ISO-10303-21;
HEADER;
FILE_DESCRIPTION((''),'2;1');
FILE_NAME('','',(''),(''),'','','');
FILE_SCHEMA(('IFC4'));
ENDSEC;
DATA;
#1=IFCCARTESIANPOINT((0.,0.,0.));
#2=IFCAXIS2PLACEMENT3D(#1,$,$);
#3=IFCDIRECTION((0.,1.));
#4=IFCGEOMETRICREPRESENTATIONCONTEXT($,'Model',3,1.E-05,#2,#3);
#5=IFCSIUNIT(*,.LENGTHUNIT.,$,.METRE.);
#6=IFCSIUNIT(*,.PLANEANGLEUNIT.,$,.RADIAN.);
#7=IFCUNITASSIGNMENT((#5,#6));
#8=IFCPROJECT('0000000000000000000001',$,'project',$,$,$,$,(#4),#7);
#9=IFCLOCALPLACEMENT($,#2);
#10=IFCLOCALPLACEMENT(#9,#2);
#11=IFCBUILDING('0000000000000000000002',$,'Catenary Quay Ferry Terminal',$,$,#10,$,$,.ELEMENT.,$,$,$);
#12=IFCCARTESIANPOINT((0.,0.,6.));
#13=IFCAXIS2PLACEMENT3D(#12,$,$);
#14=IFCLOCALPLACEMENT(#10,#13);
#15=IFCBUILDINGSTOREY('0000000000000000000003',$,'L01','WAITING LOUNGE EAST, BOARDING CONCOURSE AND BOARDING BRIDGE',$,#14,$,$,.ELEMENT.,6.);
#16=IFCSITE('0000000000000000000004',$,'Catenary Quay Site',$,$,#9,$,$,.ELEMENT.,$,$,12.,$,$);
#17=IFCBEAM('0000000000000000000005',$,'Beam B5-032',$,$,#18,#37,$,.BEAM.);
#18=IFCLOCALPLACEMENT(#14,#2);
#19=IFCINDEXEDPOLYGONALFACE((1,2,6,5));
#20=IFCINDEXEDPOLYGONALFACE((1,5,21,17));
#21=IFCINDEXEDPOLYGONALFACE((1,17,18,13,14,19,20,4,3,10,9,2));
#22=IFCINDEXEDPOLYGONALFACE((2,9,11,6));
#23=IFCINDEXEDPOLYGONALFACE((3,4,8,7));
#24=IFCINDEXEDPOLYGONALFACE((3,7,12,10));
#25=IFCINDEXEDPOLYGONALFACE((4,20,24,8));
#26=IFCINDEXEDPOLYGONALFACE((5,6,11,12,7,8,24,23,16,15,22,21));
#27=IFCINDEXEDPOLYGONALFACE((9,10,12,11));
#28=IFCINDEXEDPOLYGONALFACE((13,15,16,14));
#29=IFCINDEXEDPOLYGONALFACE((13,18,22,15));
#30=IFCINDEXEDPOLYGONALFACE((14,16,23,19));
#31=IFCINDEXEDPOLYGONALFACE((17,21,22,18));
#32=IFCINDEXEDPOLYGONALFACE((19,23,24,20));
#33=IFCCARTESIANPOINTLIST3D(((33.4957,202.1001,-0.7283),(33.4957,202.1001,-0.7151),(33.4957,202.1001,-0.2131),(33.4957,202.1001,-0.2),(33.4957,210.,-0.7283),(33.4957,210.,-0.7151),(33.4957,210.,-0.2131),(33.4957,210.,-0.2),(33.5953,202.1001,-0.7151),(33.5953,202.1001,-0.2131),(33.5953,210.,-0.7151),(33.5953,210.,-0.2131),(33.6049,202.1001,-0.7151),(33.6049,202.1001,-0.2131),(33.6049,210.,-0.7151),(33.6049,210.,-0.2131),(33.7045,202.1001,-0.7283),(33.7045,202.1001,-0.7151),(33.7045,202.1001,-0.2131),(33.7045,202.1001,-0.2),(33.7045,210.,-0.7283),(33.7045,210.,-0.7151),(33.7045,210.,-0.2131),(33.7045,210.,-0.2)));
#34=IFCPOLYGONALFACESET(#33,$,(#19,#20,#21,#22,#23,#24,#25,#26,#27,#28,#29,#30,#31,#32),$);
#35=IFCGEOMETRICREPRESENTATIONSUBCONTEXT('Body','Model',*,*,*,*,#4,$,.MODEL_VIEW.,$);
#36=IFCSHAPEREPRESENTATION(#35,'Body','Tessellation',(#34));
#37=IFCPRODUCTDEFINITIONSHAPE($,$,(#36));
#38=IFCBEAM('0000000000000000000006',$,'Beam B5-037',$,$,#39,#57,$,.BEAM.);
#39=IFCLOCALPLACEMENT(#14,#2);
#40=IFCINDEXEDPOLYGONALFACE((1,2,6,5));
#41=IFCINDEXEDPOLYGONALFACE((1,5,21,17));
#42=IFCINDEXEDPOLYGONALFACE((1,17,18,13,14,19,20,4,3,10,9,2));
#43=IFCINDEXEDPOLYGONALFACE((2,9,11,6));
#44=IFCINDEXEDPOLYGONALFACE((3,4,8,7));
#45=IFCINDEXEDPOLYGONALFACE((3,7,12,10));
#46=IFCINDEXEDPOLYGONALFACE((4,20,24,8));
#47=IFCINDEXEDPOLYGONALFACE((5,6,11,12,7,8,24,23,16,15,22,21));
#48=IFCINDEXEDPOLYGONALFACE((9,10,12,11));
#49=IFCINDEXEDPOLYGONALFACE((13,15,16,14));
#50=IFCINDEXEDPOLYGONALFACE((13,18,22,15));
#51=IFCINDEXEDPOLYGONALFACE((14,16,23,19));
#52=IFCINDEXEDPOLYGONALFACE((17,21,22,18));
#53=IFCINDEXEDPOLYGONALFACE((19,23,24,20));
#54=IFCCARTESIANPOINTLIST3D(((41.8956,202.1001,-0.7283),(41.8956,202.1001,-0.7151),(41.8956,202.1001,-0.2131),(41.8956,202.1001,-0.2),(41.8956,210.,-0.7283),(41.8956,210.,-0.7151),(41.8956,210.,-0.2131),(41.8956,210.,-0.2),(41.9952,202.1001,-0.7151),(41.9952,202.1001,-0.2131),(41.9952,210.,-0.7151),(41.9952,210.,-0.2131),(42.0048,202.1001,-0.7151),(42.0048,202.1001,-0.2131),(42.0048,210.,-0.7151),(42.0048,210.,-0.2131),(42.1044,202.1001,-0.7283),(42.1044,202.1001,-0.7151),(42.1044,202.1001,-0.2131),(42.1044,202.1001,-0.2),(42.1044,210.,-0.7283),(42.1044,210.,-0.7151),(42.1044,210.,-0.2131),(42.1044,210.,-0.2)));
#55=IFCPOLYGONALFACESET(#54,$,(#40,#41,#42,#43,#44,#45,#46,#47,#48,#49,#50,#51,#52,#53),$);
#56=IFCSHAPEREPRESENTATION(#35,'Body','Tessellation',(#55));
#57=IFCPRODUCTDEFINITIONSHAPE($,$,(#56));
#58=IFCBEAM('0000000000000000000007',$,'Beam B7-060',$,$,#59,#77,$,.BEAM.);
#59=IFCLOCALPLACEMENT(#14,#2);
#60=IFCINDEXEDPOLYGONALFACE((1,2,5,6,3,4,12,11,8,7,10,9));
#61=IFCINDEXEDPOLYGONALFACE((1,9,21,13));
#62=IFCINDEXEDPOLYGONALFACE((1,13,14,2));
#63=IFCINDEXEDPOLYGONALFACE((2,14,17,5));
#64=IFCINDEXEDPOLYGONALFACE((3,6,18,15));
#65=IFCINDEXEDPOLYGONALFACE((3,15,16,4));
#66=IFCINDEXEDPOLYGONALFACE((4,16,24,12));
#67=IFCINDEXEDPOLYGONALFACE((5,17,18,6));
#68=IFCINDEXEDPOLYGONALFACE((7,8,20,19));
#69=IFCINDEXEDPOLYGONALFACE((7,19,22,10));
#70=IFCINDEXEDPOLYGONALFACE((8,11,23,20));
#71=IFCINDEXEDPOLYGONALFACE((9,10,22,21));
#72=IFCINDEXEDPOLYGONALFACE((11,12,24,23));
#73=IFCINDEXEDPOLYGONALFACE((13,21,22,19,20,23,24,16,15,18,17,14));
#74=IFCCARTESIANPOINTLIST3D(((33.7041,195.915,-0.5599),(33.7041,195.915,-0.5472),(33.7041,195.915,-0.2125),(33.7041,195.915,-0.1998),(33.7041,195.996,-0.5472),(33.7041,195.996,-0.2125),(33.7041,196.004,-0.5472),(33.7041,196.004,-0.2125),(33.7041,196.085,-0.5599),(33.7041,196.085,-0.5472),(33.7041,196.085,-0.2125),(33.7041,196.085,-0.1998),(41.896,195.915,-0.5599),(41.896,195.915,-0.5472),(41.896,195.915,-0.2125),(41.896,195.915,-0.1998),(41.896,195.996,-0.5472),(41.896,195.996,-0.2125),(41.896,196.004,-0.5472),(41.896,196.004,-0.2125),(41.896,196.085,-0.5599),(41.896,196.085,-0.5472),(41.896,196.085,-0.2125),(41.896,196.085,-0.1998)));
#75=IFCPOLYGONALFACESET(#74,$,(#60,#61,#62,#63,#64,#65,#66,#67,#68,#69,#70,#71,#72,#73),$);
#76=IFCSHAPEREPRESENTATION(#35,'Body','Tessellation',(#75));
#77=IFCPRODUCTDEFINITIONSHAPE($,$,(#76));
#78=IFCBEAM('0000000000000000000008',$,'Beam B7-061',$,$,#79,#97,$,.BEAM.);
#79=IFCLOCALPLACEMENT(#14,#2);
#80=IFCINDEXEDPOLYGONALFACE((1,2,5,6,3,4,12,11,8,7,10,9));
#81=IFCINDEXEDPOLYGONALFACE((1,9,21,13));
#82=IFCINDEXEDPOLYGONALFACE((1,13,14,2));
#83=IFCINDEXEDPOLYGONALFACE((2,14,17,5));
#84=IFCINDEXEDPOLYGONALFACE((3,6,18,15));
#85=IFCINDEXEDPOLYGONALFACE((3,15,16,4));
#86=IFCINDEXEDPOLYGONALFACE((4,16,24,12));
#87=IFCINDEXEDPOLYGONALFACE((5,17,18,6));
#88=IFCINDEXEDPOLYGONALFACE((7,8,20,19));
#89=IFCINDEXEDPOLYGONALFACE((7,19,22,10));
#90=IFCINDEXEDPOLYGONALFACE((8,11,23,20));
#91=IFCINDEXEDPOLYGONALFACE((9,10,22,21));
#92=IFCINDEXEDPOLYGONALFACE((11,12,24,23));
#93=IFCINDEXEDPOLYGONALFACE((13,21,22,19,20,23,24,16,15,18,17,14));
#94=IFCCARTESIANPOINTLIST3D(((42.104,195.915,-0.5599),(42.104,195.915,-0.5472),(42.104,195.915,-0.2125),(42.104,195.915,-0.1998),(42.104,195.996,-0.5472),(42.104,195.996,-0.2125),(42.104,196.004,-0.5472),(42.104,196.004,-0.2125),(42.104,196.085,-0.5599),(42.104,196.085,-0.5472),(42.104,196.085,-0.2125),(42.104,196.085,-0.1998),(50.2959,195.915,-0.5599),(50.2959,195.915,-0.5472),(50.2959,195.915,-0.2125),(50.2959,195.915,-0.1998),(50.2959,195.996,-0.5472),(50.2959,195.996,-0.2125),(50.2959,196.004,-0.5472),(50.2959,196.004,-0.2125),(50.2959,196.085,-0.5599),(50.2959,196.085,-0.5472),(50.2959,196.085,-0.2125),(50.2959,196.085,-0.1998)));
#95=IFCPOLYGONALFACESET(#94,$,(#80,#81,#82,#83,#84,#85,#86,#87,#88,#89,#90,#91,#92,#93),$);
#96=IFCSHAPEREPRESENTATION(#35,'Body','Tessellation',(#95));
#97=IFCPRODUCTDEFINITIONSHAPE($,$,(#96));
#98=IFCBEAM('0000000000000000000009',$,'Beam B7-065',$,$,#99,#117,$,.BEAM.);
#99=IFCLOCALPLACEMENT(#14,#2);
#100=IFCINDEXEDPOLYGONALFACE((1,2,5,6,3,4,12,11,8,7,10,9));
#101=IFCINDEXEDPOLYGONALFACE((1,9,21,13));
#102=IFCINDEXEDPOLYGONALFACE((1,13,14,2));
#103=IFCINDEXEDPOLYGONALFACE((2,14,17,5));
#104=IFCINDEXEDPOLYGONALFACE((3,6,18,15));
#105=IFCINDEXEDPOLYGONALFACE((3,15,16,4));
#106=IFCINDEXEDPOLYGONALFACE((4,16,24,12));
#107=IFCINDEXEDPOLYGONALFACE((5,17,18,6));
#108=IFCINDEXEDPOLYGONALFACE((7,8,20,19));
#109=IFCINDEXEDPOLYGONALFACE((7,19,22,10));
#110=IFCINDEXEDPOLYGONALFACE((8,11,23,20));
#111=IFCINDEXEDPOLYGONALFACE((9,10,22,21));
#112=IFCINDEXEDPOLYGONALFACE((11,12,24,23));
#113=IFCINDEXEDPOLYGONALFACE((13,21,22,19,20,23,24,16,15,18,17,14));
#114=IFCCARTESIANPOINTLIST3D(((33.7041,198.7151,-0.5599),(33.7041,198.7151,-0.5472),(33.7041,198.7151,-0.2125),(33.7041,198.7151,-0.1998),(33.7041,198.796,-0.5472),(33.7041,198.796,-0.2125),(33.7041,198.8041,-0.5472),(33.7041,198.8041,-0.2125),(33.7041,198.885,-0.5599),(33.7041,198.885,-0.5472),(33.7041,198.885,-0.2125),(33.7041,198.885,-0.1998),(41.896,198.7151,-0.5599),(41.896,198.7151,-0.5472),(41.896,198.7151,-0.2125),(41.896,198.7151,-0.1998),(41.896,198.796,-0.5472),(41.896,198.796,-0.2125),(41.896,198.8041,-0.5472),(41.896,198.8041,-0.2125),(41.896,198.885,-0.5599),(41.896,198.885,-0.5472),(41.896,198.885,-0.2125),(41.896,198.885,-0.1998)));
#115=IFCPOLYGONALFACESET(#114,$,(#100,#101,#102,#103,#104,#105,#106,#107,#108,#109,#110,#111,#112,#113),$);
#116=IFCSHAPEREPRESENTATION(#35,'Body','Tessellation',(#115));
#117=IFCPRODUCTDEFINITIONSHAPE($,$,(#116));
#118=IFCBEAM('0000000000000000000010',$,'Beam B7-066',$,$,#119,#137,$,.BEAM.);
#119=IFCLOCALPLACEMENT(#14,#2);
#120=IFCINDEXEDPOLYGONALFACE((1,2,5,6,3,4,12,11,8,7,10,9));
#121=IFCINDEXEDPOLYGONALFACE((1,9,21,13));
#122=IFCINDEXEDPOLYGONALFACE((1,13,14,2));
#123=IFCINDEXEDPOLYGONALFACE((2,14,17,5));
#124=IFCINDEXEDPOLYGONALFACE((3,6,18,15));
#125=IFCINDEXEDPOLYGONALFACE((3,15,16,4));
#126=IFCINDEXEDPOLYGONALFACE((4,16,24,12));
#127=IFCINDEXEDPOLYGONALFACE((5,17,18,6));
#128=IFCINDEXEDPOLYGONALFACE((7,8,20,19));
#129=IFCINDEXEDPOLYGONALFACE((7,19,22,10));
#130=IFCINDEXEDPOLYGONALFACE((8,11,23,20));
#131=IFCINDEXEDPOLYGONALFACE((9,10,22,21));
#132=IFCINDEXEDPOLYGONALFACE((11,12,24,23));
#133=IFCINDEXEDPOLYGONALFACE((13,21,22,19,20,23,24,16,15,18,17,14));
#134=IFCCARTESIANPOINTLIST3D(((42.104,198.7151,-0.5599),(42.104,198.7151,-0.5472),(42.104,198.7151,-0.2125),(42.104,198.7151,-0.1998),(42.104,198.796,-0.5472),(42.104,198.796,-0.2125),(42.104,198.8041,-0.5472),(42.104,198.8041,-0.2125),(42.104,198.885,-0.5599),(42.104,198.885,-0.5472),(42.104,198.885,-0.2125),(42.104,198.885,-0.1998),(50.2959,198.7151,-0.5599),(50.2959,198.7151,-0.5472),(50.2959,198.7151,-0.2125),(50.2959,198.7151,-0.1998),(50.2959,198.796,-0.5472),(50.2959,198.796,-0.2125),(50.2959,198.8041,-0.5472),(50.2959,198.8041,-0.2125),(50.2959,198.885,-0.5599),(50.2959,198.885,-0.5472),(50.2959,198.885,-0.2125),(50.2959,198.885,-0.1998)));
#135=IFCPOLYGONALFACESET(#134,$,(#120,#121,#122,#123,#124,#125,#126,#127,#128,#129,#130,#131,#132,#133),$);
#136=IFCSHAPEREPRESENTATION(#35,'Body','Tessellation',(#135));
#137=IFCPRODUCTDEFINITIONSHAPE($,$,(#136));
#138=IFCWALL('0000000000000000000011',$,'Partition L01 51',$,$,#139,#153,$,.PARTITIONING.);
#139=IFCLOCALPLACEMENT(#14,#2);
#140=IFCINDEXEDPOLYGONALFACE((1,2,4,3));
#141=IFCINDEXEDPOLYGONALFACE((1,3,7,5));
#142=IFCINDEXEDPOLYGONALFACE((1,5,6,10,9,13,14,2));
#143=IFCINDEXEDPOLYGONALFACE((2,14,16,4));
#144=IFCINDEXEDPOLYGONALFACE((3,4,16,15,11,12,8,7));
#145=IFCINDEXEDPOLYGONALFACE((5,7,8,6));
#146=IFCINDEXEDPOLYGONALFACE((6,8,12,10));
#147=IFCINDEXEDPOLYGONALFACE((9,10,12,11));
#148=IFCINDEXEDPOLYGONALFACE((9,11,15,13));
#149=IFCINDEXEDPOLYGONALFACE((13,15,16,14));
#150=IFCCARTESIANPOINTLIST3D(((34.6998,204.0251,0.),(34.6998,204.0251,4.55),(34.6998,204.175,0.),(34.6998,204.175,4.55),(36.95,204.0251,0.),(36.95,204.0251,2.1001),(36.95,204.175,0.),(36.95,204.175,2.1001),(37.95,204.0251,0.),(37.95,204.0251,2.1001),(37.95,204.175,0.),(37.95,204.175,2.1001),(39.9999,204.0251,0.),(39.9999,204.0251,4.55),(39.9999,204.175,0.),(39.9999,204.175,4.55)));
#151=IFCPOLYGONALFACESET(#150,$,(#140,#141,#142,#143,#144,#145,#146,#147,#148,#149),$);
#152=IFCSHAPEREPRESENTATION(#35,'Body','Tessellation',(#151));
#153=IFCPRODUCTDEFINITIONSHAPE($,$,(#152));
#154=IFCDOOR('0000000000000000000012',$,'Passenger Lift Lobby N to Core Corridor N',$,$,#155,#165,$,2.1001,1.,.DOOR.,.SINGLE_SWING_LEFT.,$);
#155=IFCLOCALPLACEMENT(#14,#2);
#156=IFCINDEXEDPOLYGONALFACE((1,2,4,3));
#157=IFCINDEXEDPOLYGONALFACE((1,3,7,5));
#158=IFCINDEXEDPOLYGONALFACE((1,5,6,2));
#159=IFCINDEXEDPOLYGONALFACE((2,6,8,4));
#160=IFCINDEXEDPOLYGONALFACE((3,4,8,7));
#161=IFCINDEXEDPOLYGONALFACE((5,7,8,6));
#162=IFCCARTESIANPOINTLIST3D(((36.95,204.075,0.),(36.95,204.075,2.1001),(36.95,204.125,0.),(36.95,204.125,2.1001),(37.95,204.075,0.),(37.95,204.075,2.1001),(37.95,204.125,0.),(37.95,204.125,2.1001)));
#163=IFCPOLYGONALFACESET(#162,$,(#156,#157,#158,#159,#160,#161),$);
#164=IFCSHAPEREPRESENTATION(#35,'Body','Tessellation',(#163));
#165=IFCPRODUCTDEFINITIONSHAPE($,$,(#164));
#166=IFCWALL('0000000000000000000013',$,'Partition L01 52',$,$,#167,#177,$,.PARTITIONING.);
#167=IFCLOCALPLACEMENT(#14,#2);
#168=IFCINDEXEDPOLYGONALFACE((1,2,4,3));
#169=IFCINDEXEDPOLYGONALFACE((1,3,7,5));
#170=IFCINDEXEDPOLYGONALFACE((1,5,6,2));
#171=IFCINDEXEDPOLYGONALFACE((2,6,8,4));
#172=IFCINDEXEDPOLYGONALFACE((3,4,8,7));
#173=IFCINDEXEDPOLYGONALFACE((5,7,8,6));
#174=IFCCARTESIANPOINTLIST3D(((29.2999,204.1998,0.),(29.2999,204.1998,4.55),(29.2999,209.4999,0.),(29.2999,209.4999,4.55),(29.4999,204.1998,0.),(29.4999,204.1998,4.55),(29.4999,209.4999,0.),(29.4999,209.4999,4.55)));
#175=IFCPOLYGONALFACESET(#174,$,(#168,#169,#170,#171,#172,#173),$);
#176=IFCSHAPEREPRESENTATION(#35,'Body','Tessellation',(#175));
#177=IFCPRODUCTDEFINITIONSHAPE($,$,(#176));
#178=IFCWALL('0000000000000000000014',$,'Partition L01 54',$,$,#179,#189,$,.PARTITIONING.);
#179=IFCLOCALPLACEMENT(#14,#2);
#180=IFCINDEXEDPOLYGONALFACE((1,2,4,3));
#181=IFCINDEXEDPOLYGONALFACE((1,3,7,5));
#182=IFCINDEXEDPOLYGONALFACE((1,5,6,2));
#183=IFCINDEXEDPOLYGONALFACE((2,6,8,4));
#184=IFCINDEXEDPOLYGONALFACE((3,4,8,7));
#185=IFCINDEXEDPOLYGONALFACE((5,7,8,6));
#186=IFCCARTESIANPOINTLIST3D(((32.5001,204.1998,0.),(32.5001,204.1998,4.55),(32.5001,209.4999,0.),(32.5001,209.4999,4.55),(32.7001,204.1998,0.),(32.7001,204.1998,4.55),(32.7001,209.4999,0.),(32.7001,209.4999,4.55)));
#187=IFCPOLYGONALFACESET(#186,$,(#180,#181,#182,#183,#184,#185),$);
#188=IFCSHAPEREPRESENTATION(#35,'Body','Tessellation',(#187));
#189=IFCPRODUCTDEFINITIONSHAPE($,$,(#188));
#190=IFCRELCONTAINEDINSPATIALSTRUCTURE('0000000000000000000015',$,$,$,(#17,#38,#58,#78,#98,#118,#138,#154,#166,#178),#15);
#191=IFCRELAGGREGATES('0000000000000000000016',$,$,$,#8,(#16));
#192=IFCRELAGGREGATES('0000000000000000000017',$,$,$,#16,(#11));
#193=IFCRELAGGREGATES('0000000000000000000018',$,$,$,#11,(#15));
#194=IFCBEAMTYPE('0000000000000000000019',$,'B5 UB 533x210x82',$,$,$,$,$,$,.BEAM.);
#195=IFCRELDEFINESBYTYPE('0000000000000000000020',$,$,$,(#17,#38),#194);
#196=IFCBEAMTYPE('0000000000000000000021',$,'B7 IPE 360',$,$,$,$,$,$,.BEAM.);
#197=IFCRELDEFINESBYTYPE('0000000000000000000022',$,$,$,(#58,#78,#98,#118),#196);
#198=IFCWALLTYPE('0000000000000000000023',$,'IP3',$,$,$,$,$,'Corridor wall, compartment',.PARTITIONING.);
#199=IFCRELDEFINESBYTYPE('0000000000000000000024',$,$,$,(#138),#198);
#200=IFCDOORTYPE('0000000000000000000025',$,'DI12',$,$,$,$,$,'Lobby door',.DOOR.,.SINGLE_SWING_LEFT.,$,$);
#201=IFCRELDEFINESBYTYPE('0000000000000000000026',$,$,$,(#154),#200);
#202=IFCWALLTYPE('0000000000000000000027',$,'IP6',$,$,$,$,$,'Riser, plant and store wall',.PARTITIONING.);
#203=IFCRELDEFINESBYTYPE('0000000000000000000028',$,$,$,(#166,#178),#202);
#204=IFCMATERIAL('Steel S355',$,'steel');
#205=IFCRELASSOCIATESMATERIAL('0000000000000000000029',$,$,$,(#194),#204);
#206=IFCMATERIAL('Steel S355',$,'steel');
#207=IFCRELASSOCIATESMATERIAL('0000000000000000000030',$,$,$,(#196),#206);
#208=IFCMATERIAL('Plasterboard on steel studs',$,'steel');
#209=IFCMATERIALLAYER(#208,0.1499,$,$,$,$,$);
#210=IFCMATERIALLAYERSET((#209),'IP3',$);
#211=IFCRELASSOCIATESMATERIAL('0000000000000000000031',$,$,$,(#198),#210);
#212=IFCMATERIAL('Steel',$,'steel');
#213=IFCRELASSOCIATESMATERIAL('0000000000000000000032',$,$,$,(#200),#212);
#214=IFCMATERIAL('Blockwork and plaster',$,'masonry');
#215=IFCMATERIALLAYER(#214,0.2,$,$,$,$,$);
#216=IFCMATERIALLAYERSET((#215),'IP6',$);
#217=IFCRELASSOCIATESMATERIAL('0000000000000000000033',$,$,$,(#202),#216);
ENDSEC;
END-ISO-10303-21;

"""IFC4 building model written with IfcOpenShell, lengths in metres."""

from ifc_helpers import new_model, si_unit, direction, frame, frame_2d, origin, origin_2d, place, context, subcontext, project, spatial, rectangle, i_section, extrude, material, layer, layer_set, material_profile, profile_set, type_object, element, fill, save


model = new_model("IFC4")

# Units and contexts
model_context = context("Model", 3, precision=1e-05, world=origin(), true_north=direction((0.0, 1.0)))
body_context = subcontext(model_context, "Body", "Model", "MODEL_VIEW")
ifc_project = project(units=[si_unit("LENGTHUNIT", "METRE"), si_unit("PLANEANGLEUNIT", "RADIAN")], contexts=[model_context])

# Site, building, storey
site_placement = place(None, origin())
site = spatial("IfcSite", under=ifc_project, at=site_placement, Name="Catenary Quay Site", CompositionType="ELEMENT", RefElevation=12.0)
building_placement = place(site_placement, origin())
building = spatial("IfcBuilding", under=site, at=building_placement, Name="Catenary Quay Ferry Terminal", CompositionType="ELEMENT")
storey_placement = place(building_placement, frame((0.0, 0.0, 6.0)))
storey = spatial("IfcBuildingStorey", under=building, at=storey_placement, Name="L01", Description="WAITING LOUNGE EAST, BOARDING CONCOURSE AND BOARDING BRIDGE", CompositionType="ELEMENT", Elevation=6.0)

# Beams
ifc_material_1 = material(Name="Steel S355", Category="steel")
ifc_material_profile_1 = material_profile(ifc_material_1, i_section(OverallWidth=0.2087, OverallDepth=0.5283, WebThickness=0.0095, FlangeThickness=0.0132, at=origin_2d()), Name="UB 533x210x82")
ifc_profile_set_1 = profile_set([ifc_material_profile_1], Name="Steel S355")
beam_type_1 = type_object("IfcBeamType", Name="B5 UB 533x210x82", PredefinedType="BEAM", material=ifc_profile_set_1)
for number, where, z_axis, x_axis, name in (
    (1, (33.6001, 202.1001, -0.4641), (0.0, 1.0, 0.0), (-1.0, 0.0, 0.0), "Beam B5-032"),
    (2, (42.0, 202.1001, -0.4641), (0.0, 1.0, 0.0), (-1.0, 0.0, 0.0), "Beam B5-037"),
):
    element("IfcBeam", number, at=place(storey_placement, frame(where, z_axis=z_axis, x_axis=x_axis)), inside=storey, type_object=beam_type_1, Name=name, PredefinedType="BEAM", context=body_context, shape_type="SweptSolid", body=[
        extrude(i_section(OverallWidth=0.2087, OverallDepth=0.5283, WebThickness=0.0095, FlangeThickness=0.0132, at=origin_2d()), origin(), (0.0, 0.0, 1.0), 7.8999),
    ])
ifc_material_2 = material(Name="Steel S355", Category="steel")
ifc_material_profile_2 = material_profile(ifc_material_2, i_section(OverallWidth=0.1699, OverallDepth=0.3601, WebThickness=0.0081, FlangeThickness=0.0127, at=origin_2d()), Name="IPE 360")
ifc_profile_set_2 = profile_set([ifc_material_profile_2], Name="Steel S355")
beam_type_2 = type_object("IfcBeamType", Name="B7 IPE 360", PredefinedType="BEAM", material=ifc_profile_set_2)
for number, where, z_axis, x_axis, name in (
    (3, (33.7041, 196.0, -0.3799), (1.0, 0.0, 0.0), (0.0, 1.0, 0.0), "Beam B7-060"),
    (4, (42.104, 196.0, -0.3799), (1.0, 0.0, 0.0), (0.0, 1.0, 0.0), "Beam B7-061"),
    (5, (33.7041, 198.8, -0.3799), (1.0, 0.0, 0.0), (0.0, 1.0, 0.0), "Beam B7-065"),
    (6, (42.104, 198.8, -0.3799), (1.0, 0.0, 0.0), (0.0, 1.0, 0.0), "Beam B7-066"),
):
    element("IfcBeam", number, at=place(storey_placement, frame(where, z_axis=z_axis, x_axis=x_axis)), inside=storey, type_object=beam_type_2, Name=name, PredefinedType="BEAM", context=body_context, shape_type="SweptSolid", body=[
        extrude(i_section(OverallWidth=0.1699, OverallDepth=0.3601, WebThickness=0.0081, FlangeThickness=0.0127, at=origin_2d()), origin(), (0.0, 0.0, 1.0), 8.1919),
    ])

# Wall, opening, door
ifc_material_3 = material(Name="Plasterboard on steel studs", Category="steel")
ifc_layer_1 = layer(ifc_material_3, 0.1499)
ifc_layer_set_1 = layer_set([ifc_layer_1], Name="IP3")
wall_type_1 = type_object("IfcWallType", Name="IP3", ElementType="Corridor wall, compartment", PredefinedType="PARTITIONING", material=ifc_layer_set_1)
wall_1_placement = place(storey_placement, frame((34.7, 204.1001, 0.0), z_axis=(0.0, 0.0, 1.0), x_axis=(1.0, 0.0, 0.0)))
wall_1 = element("IfcWall", 7, at=wall_1_placement, inside=storey, type_object=wall_type_1, Name="Partition L01 51", PredefinedType="PARTITIONING", context=body_context, shape_type="SweptSolid", body=[
    extrude(rectangle(XDim=5.3, YDim=0.1499, at=frame_2d((2.6499, 0.0))), origin(), (0.0, 0.0, 1.0), 4.55),
])
opening_1_placement = place(wall_1_placement, frame((2.25, 0.0, 0.0)))
opening_1 = element("IfcOpeningElement", 8, at=opening_1_placement, cuts=wall_1, PredefinedType="OPENING", context=body_context, shape_type="SweptSolid", body=[
    extrude(rectangle(XDim=1.0, YDim=2.1001, at=frame_2d((0.5, 1.05))), frame((0.0, 0.085, 0.0), z_axis=(0.0, -1.0, 0.0), x_axis=(1.0, 0.0, 0.0)), (0.0, 0.0, 1.0), 0.1699),
])
ifc_material_4 = material(Name="Steel", Category="steel")
door_type_1 = type_object("IfcDoorType", Name="DI12", ElementType="Lobby door", OperationType="SINGLE_SWING_LEFT", PredefinedType="DOOR", material=ifc_material_4)
door_1_placement = place(opening_1_placement, origin())
door_1 = element("IfcDoor", 9, at=door_1_placement, inside=storey, type_object=door_type_1, Name="Passenger Lift Lobby N to Core Corridor N", OperationType="SINGLE_SWING_LEFT", OverallHeight=2.1001, OverallWidth=1.0, PredefinedType="DOOR", context=body_context, shape_type="SweptSolid", body=[
    extrude(rectangle(XDim=1.0, YDim=2.1001, at=frame_2d((0.5, 1.05))), frame((0.0, 0.0249, 0.0), z_axis=(0.0, -1.0, 0.0), x_axis=(1.0, 0.0, 0.0)), (0.0, 0.0, 1.0), 0.05),
])
fill(opening_1, door_1)

# Walls
ifc_material_5 = material(Name="Blockwork and plaster", Category="masonry")
ifc_layer_2 = layer(ifc_material_5, 0.2)
ifc_layer_set_2 = layer_set([ifc_layer_2], Name="IP6")
wall_type_2 = type_object("IfcWallType", Name="IP6", ElementType="Riser, plant and store wall", PredefinedType="PARTITIONING", material=ifc_layer_set_2)
for number, where, z_axis, x_axis, name in (
    (10, (29.3999, 204.2, 0.0), (0.0, 0.0, 1.0), (0.0, 1.0, 0.0), "Partition L01 52"),
    (11, (32.6001, 204.2, 0.0), (0.0, 0.0, 1.0), (0.0, 1.0, 0.0), "Partition L01 54"),
):
    element("IfcWall", number, at=place(storey_placement, frame(where, z_axis=z_axis, x_axis=x_axis)), inside=storey, type_object=wall_type_2, Name=name, PredefinedType="PARTITIONING", context=body_context, shape_type="SweptSolid", body=[
        extrude(rectangle(XDim=5.3, YDim=0.2, at=frame_2d((2.6499, 0.0))), origin(), (0.0, 0.0, 1.0), 4.55),
    ])

save(model, "model.ifc")
